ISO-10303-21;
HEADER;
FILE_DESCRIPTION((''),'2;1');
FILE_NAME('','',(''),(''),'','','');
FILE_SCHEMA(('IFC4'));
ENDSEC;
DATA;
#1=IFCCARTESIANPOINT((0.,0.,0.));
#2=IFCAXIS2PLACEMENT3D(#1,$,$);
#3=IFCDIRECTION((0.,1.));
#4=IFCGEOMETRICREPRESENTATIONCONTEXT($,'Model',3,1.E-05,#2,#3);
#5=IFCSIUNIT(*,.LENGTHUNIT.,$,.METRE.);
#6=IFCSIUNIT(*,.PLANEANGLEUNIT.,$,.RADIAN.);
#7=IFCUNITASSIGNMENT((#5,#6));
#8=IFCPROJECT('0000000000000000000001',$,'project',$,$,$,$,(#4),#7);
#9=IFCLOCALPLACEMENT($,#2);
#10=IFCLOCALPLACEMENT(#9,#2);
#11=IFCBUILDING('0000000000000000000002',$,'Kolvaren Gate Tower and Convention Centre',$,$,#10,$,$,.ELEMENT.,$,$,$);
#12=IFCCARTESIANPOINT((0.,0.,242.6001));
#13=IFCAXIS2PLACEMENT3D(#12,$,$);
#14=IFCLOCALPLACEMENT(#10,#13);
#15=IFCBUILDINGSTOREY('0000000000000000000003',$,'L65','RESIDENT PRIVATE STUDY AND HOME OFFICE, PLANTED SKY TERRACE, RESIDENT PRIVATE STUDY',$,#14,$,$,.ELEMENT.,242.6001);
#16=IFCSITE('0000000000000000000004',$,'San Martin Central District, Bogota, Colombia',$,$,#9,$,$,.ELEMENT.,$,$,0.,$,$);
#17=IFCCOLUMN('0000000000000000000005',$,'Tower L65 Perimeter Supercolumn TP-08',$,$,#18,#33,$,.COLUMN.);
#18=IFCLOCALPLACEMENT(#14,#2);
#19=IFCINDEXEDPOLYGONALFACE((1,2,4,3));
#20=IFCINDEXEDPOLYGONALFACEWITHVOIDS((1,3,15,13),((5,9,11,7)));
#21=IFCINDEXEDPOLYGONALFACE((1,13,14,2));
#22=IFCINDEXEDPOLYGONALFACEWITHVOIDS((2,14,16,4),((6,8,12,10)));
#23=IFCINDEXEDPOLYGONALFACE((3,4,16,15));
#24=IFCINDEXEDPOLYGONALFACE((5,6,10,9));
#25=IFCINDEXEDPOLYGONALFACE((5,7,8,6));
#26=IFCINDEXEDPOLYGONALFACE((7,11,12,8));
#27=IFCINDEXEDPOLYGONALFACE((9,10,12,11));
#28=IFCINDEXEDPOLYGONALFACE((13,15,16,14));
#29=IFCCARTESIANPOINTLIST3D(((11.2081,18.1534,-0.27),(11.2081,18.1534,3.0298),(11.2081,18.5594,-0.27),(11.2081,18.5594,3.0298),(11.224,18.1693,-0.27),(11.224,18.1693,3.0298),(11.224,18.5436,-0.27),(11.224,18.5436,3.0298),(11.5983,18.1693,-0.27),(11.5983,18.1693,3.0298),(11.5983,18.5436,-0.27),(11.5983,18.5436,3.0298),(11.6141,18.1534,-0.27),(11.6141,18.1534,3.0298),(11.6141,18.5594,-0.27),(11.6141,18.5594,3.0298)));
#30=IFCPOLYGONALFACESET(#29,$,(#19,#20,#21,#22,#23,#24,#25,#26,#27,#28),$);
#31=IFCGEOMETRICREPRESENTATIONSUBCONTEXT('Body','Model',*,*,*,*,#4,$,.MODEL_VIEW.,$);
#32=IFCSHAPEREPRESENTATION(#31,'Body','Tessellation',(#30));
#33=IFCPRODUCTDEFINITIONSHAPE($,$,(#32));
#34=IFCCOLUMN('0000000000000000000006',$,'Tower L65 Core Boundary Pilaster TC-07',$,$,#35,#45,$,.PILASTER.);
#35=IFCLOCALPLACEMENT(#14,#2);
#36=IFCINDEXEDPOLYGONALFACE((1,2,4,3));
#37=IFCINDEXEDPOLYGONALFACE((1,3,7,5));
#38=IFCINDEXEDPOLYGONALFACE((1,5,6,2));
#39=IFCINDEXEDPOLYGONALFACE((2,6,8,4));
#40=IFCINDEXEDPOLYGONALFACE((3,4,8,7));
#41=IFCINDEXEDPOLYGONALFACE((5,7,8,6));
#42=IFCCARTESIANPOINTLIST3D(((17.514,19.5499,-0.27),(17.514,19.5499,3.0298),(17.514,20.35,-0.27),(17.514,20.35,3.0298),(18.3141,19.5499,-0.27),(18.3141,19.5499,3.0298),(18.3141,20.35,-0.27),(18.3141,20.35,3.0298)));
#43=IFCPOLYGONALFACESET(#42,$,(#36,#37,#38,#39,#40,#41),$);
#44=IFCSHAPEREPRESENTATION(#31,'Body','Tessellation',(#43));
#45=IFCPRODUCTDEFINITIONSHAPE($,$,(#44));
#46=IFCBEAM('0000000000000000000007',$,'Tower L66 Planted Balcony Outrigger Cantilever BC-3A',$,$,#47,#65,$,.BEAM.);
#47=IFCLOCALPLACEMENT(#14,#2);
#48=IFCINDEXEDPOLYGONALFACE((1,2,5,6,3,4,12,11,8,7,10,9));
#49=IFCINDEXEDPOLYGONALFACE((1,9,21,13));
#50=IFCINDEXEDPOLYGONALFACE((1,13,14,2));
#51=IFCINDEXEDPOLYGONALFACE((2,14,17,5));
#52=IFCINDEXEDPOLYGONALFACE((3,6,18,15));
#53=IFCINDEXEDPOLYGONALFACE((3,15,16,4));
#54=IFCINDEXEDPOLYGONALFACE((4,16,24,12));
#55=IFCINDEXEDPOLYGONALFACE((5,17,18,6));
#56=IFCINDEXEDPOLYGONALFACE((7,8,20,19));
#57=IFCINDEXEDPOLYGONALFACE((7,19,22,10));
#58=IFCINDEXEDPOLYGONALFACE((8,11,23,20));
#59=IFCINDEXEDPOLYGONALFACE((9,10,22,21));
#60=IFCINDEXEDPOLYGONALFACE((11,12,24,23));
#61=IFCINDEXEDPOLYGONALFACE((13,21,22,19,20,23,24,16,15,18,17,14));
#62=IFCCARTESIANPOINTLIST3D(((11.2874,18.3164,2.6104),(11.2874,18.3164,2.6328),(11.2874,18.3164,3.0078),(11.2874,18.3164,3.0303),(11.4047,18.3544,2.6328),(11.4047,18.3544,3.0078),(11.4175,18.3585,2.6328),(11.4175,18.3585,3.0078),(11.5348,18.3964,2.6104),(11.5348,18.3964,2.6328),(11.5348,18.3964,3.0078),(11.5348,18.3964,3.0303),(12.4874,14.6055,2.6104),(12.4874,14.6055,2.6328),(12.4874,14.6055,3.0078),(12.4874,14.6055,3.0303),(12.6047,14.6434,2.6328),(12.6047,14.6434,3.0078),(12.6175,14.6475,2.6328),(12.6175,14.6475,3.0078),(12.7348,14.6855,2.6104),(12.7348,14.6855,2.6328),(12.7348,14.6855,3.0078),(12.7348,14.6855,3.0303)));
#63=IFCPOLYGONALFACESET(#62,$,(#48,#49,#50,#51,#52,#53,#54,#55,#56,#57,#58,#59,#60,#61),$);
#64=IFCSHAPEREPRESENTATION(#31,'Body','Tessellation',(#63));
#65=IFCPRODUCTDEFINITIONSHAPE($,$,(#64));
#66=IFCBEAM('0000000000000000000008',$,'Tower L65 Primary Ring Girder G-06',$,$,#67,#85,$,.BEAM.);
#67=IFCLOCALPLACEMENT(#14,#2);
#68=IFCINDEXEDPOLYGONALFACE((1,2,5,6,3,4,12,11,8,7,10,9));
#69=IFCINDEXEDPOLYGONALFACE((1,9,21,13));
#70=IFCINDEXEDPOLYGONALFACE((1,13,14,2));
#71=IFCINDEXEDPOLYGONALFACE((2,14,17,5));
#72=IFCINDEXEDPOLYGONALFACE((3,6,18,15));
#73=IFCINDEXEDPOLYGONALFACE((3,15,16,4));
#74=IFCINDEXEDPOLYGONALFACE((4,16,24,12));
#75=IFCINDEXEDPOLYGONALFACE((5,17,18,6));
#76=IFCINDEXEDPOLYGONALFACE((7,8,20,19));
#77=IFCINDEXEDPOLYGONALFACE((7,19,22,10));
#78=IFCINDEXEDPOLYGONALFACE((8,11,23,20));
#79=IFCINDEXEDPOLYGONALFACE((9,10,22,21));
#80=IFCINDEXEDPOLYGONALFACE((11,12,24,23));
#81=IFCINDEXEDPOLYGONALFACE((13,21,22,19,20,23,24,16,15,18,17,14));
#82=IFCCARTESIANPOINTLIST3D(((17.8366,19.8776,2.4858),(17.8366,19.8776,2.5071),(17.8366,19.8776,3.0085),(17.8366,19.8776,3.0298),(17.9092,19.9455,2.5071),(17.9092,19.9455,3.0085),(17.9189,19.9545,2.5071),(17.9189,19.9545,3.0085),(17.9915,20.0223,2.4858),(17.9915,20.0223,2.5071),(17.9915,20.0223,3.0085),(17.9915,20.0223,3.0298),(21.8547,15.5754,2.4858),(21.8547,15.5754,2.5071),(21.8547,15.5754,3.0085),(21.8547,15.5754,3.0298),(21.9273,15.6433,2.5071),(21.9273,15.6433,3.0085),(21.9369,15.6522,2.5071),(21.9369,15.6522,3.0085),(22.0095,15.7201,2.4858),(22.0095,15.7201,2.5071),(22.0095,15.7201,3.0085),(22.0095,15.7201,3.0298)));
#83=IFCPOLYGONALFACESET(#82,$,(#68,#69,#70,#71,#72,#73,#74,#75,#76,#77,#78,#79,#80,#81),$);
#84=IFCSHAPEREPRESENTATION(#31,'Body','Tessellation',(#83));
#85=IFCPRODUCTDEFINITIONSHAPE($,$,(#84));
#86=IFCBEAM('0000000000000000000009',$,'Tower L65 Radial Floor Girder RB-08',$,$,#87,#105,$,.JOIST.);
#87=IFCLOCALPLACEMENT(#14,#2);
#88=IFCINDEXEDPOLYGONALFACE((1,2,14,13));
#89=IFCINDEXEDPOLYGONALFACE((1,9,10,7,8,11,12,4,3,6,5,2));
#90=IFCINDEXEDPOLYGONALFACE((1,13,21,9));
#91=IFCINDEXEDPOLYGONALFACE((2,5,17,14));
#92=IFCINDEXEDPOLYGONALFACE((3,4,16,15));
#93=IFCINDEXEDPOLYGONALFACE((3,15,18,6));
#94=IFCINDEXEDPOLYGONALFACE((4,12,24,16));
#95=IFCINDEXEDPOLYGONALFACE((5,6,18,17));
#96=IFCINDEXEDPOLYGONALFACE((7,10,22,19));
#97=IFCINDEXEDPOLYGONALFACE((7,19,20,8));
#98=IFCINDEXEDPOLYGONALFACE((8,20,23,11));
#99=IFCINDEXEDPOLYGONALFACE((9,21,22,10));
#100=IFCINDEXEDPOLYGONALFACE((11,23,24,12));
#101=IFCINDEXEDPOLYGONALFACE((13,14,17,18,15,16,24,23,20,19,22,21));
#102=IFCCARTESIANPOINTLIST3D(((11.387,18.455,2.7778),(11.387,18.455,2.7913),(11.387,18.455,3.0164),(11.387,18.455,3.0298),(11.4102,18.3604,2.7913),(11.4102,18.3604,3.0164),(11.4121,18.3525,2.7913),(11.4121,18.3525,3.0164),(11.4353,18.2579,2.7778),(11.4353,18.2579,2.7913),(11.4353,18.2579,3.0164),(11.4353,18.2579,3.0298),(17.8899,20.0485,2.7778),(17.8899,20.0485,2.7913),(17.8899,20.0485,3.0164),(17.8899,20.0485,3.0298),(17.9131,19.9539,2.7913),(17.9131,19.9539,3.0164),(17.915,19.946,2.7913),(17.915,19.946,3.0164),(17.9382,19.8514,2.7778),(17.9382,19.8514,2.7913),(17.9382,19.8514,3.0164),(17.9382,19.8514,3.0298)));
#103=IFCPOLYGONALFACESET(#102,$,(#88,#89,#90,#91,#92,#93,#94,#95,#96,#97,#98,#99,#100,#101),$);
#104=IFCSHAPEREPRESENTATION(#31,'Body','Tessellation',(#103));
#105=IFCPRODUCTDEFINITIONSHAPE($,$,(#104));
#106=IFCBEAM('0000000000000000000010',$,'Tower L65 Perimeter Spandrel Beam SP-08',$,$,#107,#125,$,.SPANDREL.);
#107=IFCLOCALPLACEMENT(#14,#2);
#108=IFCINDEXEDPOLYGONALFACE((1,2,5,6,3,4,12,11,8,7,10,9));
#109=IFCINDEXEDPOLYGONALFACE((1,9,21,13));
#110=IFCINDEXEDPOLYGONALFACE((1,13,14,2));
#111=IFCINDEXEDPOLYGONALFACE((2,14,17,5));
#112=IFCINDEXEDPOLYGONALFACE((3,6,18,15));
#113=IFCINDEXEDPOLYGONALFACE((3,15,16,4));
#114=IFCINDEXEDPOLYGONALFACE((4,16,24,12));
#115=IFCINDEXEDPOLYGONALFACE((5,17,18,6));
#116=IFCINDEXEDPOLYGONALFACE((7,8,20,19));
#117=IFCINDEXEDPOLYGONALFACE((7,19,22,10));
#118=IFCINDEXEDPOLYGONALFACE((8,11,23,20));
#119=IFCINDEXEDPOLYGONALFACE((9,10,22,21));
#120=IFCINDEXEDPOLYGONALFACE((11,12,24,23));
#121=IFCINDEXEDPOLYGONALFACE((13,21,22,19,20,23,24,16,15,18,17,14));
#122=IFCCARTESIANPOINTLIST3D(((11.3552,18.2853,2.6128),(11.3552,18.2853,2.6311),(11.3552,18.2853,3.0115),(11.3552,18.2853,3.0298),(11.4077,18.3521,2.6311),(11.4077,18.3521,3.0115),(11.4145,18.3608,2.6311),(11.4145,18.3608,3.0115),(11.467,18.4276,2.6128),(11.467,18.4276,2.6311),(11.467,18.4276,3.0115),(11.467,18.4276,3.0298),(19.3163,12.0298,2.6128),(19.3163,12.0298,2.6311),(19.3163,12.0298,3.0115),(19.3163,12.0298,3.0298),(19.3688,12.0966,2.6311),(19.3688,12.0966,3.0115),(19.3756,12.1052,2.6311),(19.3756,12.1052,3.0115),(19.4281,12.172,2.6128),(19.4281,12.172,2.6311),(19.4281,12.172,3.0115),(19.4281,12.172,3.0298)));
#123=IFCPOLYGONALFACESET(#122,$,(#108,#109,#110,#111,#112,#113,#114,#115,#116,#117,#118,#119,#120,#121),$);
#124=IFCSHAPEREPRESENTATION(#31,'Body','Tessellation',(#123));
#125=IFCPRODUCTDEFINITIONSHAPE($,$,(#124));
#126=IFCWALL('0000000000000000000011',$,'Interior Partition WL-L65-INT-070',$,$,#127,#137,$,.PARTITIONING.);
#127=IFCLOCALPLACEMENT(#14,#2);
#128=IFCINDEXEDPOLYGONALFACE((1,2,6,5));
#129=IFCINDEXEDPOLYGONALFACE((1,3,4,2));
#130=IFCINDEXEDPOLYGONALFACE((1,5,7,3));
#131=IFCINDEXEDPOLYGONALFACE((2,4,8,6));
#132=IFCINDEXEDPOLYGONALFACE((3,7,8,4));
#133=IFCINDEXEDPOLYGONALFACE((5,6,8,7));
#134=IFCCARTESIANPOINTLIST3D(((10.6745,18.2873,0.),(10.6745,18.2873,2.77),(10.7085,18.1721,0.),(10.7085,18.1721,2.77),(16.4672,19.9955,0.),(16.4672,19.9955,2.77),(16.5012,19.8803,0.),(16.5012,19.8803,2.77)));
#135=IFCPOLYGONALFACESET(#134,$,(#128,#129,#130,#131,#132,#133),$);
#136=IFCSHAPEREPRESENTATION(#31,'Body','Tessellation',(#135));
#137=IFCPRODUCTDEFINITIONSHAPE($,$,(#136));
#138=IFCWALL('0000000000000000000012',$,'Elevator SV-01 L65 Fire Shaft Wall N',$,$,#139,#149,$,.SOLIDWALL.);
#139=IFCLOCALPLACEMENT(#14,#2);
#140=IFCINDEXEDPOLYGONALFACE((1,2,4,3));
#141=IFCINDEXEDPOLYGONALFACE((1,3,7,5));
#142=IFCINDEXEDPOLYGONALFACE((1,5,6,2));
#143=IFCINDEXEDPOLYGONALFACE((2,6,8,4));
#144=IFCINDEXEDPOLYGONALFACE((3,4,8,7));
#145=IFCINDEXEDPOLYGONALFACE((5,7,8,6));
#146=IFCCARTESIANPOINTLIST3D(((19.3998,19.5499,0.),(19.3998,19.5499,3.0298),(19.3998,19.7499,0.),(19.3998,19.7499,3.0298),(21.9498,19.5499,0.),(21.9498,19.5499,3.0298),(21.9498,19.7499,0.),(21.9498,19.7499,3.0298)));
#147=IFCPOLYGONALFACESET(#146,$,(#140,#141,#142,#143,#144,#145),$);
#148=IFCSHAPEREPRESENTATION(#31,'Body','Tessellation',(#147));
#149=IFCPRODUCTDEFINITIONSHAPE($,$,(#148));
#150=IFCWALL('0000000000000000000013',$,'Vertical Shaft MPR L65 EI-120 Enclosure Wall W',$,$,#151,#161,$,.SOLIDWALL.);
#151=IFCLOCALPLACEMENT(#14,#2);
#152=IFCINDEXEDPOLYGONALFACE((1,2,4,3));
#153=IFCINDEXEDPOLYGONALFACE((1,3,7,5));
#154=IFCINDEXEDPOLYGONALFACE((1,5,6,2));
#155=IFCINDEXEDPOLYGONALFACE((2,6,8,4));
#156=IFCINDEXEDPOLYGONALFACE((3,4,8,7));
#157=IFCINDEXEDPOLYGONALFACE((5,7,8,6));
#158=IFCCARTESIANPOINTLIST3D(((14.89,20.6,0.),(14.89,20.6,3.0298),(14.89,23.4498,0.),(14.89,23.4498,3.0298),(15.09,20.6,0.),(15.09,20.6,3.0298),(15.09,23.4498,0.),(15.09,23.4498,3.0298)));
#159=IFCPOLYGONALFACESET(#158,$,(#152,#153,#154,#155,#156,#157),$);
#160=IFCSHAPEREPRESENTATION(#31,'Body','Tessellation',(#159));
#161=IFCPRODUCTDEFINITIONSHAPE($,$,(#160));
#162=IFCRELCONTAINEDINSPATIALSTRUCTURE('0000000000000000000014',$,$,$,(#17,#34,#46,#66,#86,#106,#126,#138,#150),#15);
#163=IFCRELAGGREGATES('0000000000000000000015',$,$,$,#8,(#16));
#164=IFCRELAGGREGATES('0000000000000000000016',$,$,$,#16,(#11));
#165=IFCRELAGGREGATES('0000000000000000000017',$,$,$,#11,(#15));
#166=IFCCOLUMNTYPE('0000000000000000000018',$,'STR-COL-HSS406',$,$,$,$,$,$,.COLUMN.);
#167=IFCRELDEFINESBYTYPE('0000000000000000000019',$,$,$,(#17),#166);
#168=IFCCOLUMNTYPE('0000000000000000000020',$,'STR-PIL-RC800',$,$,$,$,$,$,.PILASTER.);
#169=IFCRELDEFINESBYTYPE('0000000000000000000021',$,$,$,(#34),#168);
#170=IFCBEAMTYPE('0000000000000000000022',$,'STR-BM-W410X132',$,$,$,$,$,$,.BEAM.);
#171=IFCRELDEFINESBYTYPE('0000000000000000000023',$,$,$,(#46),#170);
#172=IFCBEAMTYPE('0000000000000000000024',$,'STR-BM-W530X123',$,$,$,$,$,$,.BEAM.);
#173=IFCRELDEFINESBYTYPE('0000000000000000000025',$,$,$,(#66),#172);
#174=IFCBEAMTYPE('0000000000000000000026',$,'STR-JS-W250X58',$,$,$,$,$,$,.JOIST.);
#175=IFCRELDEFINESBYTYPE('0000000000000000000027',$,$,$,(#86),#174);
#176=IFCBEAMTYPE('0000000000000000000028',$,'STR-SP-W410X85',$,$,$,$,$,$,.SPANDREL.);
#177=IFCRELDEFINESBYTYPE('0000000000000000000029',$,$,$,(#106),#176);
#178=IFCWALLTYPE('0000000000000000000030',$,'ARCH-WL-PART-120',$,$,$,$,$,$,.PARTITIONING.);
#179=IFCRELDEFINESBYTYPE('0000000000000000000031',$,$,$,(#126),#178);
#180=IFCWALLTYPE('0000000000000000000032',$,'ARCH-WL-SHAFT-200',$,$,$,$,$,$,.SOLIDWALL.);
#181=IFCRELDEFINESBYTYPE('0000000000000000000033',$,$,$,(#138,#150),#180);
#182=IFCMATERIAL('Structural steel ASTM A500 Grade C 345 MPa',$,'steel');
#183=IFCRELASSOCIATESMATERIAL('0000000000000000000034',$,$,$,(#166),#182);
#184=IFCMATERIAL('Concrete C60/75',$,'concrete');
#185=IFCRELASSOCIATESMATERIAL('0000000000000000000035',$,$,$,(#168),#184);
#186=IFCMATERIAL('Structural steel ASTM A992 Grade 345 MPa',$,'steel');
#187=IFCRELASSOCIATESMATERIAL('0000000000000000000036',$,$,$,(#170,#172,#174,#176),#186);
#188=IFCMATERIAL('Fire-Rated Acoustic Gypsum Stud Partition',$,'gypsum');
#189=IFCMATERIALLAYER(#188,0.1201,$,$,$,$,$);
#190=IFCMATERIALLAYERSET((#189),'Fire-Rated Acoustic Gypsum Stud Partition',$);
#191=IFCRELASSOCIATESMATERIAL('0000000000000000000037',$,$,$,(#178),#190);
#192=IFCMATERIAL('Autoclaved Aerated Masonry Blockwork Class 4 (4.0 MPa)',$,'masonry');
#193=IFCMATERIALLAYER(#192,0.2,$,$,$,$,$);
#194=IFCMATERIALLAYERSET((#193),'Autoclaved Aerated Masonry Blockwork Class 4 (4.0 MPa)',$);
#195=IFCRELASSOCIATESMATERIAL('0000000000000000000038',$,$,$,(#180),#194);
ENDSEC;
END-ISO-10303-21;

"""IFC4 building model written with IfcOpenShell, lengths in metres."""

from ifc_helpers import new_model, si_unit, direction, frame, frame_2d, origin, origin_2d, place, context, subcontext, project, spatial, rectangle, hollow_rectangle, i_section, extrude, material, layer, layer_set, material_profile, profile_set, type_object, element, save


model = new_model("IFC4")

# Units and contexts
model_context = context("Model", 3, precision=1e-05, world=origin(), true_north=direction((0.0, 1.0)))
body_context = subcontext(model_context, "Body", "Model", "MODEL_VIEW")
ifc_project = project(units=[si_unit("LENGTHUNIT", "METRE"), si_unit("PLANEANGLEUNIT", "RADIAN")], contexts=[model_context])

# Site, building, storey
site_placement = place(None, origin())
site = spatial("IfcSite", under=ifc_project, at=site_placement, Name="San Martin Central District, Bogota, Colombia", CompositionType="ELEMENT", RefElevation=0.0)
building_placement = place(site_placement, origin())
building = spatial("IfcBuilding", under=site, at=building_placement, Name="Kolvaren Gate Tower and Convention Centre", CompositionType="ELEMENT")
storey_placement = place(building_placement, frame((0.0, 0.0, 242.6001)))
storey = spatial("IfcBuildingStorey", under=building, at=storey_placement, Name="L65", Description="RESIDENT PRIVATE STUDY AND HOME OFFICE, PLANTED SKY TERRACE, RESIDENT PRIVATE STUDY", CompositionType="ELEMENT", Elevation=242.6001)

# Columns
ifc_material_1 = material(Name="Structural steel ASTM A500 Grade C 345 MPa", Category="steel")
ifc_material_profile_1 = material_profile(ifc_material_1, hollow_rectangle(XDim=0.406, YDim=0.406, WallThickness=0.0159, at=origin_2d()), Name="HSS406X406X15.9")
ifc_profile_set_1 = profile_set([ifc_material_profile_1], Name="Structural steel ASTM A500 Grade C 345 MPa")
column_type_1 = type_object("IfcColumnType", Name="STR-COL-HSS406", PredefinedType="COLUMN", material=ifc_profile_set_1)
column_1_placement = place(storey_placement, frame((11.4111, 18.3564, -0.27), z_axis=(0.0, 0.0, 1.0), x_axis=(1.0, 0.0, 0.0)))
element("IfcColumn", 1, at=column_1_placement, inside=storey, type_object=column_type_1, Name="Tower L65 Perimeter Supercolumn TP-08", PredefinedType="COLUMN", context=body_context, shape_type="SweptSolid", body=[
    extrude(hollow_rectangle(XDim=0.406, YDim=0.406, WallThickness=0.0159, at=origin_2d()), origin(), (0.0, 0.0, 1.0), 3.2998),
])
ifc_material_2 = material(Name="Concrete C60/75", Category="concrete")
ifc_material_profile_2 = material_profile(ifc_material_2, rectangle(XDim=0.8, YDim=0.8, at=origin_2d()), Name="RC-COL-800X800")
ifc_profile_set_2 = profile_set([ifc_material_profile_2], Name="Concrete C60/75")
column_type_2 = type_object("IfcColumnType", Name="STR-PIL-RC800", PredefinedType="PILASTER", material=ifc_profile_set_2)
column_2_placement = place(storey_placement, frame((17.9141, 19.95, -0.27), z_axis=(0.0, 0.0, 1.0), x_axis=(1.0, 0.0, 0.0)))
element("IfcColumn", 2, at=column_2_placement, inside=storey, type_object=column_type_2, Name="Tower L65 Core Boundary Pilaster TC-07", PredefinedType="PILASTER", context=body_context, shape_type="SweptSolid", body=[
    extrude(rectangle(XDim=0.8, YDim=0.8, at=origin_2d()), origin(), (0.0, 0.0, 1.0), 3.2998),
])

# Beams
ifc_material_3 = material(Name="Structural steel ASTM A992 Grade 345 MPa", Category="steel")
ifc_material_profile_3 = material_profile(ifc_material_3, i_section(OverallWidth=0.26, OverallDepth=0.4199, WebThickness=0.0134, FlangeThickness=0.0225, at=origin_2d()), Name="W410X132")
ifc_profile_set_3 = profile_set([ifc_material_profile_3], Name="Structural steel ASTM A992 Grade 345 MPa")
beam_type_1 = type_object("IfcBeamType", Name="STR-BM-W410X132", PredefinedType="BEAM", material=ifc_profile_set_3)
beam_1_placement = place(storey_placement, frame((11.4111, 18.3564, 2.8203), z_axis=(0.30767, -0.951493, 0.0), x_axis=(0.951493, 0.30767, 0.0)))
element("IfcBeam", 3, at=beam_1_placement, inside=storey, type_object=beam_type_1, Name="Tower L66 Planted Balcony Outrigger Cantilever BC-3A", PredefinedType="BEAM", context=body_context, shape_type="SweptSolid", body=[
    extrude(i_section(OverallWidth=0.26, OverallDepth=0.4199, WebThickness=0.0134, FlangeThickness=0.0225, at=origin_2d()), origin(), (0.0, 0.0, 1.0), 3.9001),
])
ifc_material_profile_4 = material_profile(ifc_material_3, i_section(OverallWidth=0.2119, OverallDepth=0.5439, WebThickness=0.0132, FlangeThickness=0.0212, at=origin_2d()), Name="W530X123")
ifc_profile_set_4 = profile_set([ifc_material_profile_4], Name="Structural steel ASTM A992 Grade 345 MPa")
beam_type_2 = type_object("IfcBeamType", Name="STR-BM-W530X123", PredefinedType="BEAM", material=ifc_profile_set_4)
beam_2_placement = place(storey_placement, frame((17.9141, 19.95, 2.7578), z_axis=(0.682558, -0.730832, 0.0), x_axis=(0.730832, 0.682558, 0.0)))
element("IfcBeam", 4, at=beam_2_placement, inside=storey, type_object=beam_type_2, Name="Tower L65 Primary Ring Girder G-06", PredefinedType="BEAM", context=body_context, shape_type="SweptSolid", body=[
    extrude(i_section(OverallWidth=0.2119, OverallDepth=0.5439, WebThickness=0.0132, FlangeThickness=0.0212, at=origin_2d()), origin(), (0.0, 0.0, 1.0), 5.8867),
])
ifc_material_profile_5 = material_profile(ifc_material_3, i_section(OverallWidth=0.2029, OverallDepth=0.252, WebThickness=0.0081, FlangeThickness=0.0134, at=origin_2d()), Name="W250X58")
ifc_profile_set_5 = profile_set([ifc_material_profile_5], Name="Structural steel ASTM A992 Grade 345 MPa")
beam_type_3 = type_object("IfcBeamType", Name="STR-JS-W250X58", PredefinedType="JOIST", material=ifc_profile_set_5)
beam_3_placement = place(storey_placement, frame((17.9141, 19.95, 2.9038), z_axis=(-0.971264, -0.238003, 0.0), x_axis=(0.238003, -0.971264, 0.0)))
element("IfcBeam", 5, at=beam_3_placement, inside=storey, type_object=beam_type_3, Name="Tower L65 Radial Floor Girder RB-08", PredefinedType="JOIST", context=body_context, shape_type="SweptSolid", body=[
    extrude(i_section(OverallWidth=0.2029, OverallDepth=0.252, WebThickness=0.0081, FlangeThickness=0.0134, at=origin_2d()), origin(), (0.0, 0.0, 1.0), 6.6953),
])
ifc_material_profile_6 = material_profile(ifc_material_3, i_section(OverallWidth=0.1809, OverallDepth=0.417, WebThickness=0.011, FlangeThickness=0.0183, at=origin_2d()), Name="W410X85")
ifc_profile_set_6 = profile_set([ifc_material_profile_6], Name="Structural steel ASTM A992 Grade 345 MPa")
beam_type_4 = type_object("IfcBeamType", Name="STR-SP-W410X85", PredefinedType="SPANDREL", material=ifc_profile_set_6)
beam_4_placement = place(storey_placement, frame((11.4111, 18.3564, 2.8213), z_axis=(0.786299, -0.617846, 0.0), x_axis=(0.617846, 0.786299, 0.0)))
element("IfcBeam", 6, at=beam_4_placement, inside=storey, type_object=beam_type_4, Name="Tower L65 Perimeter Spandrel Beam SP-08", PredefinedType="SPANDREL", context=body_context, shape_type="SweptSolid", body=[
    extrude(i_section(OverallWidth=0.1809, OverallDepth=0.417, WebThickness=0.011, FlangeThickness=0.0183, at=origin_2d()), origin(), (0.0, 0.0, 1.0), 10.1248),
])

# Walls
ifc_material_4 = material(Name="Fire-Rated Acoustic Gypsum Stud Partition", Category="gypsum")
ifc_layer_1 = layer(ifc_material_4, 0.1201)
ifc_layer_set_1 = layer_set([ifc_layer_1], Name="Fire-Rated Acoustic Gypsum Stud Partition")
wall_type_1 = type_object("IfcWallType", Name="ARCH-WL-PART-120", PredefinedType="PARTITIONING", material=ifc_layer_set_1)
wall_1_placement = place(storey_placement, frame((10.6917, 18.2297, 0.0), z_axis=(0.0, 0.0, 1.0), x_axis=(0.959163, 0.282853, 0.0)))
element("IfcWall", 7, at=wall_1_placement, inside=storey, type_object=wall_type_1, Name="Interior Partition WL-L65-INT-070", PredefinedType="PARTITIONING", context=body_context, shape_type="SweptSolid", body=[
    extrude(rectangle(XDim=6.0393, YDim=0.1201, at=frame_2d((3.0195, 0.0))), origin(), (0.0, 0.0, 1.0), 2.77),
])
ifc_material_5 = material(Name="Autoclaved Aerated Masonry Blockwork Class 4 (4.0 MPa)", Category="masonry")
ifc_layer_2 = layer(ifc_material_5, 0.2)
ifc_layer_set_2 = layer_set([ifc_layer_2], Name="Autoclaved Aerated Masonry Blockwork Class 4 (4.0 MPa)")
wall_type_2 = type_object("IfcWallType", Name="ARCH-WL-SHAFT-200", PredefinedType="SOLIDWALL", material=ifc_layer_set_2)
wall_2_placement = place(storey_placement, frame((19.3999, 19.6499, 0.0), z_axis=(0.0, 0.0, 1.0), x_axis=(1.0, 0.0, 0.0)))
element("IfcWall", 8, at=wall_2_placement, inside=storey, type_object=wall_type_2, Name="Elevator SV-01 L65 Fire Shaft Wall N", PredefinedType="SOLIDWALL", context=body_context, shape_type="SweptSolid", body=[
    extrude(rectangle(XDim=2.55, YDim=0.2, at=frame_2d((1.2749, 0.0))), origin(), (0.0, 0.0, 1.0), 3.0298),
])
wall_3_placement = place(storey_placement, frame((14.99, 20.6001, 0.0), z_axis=(0.0, 0.0, 1.0), x_axis=(0.0, 1.0, 0.0)))
element("IfcWall", 9, at=wall_3_placement, inside=storey, type_object=wall_type_2, Name="Vertical Shaft MPR L65 EI-120 Enclosure Wall W", PredefinedType="SOLIDWALL", context=body_context, shape_type="SweptSolid", body=[
    extrude(rectangle(XDim=2.8499, YDim=0.2, at=frame_2d((1.4248, 0.0))), origin(), (0.0, 0.0, 1.0), 3.0298),
])

save(model, "model.ifc")
